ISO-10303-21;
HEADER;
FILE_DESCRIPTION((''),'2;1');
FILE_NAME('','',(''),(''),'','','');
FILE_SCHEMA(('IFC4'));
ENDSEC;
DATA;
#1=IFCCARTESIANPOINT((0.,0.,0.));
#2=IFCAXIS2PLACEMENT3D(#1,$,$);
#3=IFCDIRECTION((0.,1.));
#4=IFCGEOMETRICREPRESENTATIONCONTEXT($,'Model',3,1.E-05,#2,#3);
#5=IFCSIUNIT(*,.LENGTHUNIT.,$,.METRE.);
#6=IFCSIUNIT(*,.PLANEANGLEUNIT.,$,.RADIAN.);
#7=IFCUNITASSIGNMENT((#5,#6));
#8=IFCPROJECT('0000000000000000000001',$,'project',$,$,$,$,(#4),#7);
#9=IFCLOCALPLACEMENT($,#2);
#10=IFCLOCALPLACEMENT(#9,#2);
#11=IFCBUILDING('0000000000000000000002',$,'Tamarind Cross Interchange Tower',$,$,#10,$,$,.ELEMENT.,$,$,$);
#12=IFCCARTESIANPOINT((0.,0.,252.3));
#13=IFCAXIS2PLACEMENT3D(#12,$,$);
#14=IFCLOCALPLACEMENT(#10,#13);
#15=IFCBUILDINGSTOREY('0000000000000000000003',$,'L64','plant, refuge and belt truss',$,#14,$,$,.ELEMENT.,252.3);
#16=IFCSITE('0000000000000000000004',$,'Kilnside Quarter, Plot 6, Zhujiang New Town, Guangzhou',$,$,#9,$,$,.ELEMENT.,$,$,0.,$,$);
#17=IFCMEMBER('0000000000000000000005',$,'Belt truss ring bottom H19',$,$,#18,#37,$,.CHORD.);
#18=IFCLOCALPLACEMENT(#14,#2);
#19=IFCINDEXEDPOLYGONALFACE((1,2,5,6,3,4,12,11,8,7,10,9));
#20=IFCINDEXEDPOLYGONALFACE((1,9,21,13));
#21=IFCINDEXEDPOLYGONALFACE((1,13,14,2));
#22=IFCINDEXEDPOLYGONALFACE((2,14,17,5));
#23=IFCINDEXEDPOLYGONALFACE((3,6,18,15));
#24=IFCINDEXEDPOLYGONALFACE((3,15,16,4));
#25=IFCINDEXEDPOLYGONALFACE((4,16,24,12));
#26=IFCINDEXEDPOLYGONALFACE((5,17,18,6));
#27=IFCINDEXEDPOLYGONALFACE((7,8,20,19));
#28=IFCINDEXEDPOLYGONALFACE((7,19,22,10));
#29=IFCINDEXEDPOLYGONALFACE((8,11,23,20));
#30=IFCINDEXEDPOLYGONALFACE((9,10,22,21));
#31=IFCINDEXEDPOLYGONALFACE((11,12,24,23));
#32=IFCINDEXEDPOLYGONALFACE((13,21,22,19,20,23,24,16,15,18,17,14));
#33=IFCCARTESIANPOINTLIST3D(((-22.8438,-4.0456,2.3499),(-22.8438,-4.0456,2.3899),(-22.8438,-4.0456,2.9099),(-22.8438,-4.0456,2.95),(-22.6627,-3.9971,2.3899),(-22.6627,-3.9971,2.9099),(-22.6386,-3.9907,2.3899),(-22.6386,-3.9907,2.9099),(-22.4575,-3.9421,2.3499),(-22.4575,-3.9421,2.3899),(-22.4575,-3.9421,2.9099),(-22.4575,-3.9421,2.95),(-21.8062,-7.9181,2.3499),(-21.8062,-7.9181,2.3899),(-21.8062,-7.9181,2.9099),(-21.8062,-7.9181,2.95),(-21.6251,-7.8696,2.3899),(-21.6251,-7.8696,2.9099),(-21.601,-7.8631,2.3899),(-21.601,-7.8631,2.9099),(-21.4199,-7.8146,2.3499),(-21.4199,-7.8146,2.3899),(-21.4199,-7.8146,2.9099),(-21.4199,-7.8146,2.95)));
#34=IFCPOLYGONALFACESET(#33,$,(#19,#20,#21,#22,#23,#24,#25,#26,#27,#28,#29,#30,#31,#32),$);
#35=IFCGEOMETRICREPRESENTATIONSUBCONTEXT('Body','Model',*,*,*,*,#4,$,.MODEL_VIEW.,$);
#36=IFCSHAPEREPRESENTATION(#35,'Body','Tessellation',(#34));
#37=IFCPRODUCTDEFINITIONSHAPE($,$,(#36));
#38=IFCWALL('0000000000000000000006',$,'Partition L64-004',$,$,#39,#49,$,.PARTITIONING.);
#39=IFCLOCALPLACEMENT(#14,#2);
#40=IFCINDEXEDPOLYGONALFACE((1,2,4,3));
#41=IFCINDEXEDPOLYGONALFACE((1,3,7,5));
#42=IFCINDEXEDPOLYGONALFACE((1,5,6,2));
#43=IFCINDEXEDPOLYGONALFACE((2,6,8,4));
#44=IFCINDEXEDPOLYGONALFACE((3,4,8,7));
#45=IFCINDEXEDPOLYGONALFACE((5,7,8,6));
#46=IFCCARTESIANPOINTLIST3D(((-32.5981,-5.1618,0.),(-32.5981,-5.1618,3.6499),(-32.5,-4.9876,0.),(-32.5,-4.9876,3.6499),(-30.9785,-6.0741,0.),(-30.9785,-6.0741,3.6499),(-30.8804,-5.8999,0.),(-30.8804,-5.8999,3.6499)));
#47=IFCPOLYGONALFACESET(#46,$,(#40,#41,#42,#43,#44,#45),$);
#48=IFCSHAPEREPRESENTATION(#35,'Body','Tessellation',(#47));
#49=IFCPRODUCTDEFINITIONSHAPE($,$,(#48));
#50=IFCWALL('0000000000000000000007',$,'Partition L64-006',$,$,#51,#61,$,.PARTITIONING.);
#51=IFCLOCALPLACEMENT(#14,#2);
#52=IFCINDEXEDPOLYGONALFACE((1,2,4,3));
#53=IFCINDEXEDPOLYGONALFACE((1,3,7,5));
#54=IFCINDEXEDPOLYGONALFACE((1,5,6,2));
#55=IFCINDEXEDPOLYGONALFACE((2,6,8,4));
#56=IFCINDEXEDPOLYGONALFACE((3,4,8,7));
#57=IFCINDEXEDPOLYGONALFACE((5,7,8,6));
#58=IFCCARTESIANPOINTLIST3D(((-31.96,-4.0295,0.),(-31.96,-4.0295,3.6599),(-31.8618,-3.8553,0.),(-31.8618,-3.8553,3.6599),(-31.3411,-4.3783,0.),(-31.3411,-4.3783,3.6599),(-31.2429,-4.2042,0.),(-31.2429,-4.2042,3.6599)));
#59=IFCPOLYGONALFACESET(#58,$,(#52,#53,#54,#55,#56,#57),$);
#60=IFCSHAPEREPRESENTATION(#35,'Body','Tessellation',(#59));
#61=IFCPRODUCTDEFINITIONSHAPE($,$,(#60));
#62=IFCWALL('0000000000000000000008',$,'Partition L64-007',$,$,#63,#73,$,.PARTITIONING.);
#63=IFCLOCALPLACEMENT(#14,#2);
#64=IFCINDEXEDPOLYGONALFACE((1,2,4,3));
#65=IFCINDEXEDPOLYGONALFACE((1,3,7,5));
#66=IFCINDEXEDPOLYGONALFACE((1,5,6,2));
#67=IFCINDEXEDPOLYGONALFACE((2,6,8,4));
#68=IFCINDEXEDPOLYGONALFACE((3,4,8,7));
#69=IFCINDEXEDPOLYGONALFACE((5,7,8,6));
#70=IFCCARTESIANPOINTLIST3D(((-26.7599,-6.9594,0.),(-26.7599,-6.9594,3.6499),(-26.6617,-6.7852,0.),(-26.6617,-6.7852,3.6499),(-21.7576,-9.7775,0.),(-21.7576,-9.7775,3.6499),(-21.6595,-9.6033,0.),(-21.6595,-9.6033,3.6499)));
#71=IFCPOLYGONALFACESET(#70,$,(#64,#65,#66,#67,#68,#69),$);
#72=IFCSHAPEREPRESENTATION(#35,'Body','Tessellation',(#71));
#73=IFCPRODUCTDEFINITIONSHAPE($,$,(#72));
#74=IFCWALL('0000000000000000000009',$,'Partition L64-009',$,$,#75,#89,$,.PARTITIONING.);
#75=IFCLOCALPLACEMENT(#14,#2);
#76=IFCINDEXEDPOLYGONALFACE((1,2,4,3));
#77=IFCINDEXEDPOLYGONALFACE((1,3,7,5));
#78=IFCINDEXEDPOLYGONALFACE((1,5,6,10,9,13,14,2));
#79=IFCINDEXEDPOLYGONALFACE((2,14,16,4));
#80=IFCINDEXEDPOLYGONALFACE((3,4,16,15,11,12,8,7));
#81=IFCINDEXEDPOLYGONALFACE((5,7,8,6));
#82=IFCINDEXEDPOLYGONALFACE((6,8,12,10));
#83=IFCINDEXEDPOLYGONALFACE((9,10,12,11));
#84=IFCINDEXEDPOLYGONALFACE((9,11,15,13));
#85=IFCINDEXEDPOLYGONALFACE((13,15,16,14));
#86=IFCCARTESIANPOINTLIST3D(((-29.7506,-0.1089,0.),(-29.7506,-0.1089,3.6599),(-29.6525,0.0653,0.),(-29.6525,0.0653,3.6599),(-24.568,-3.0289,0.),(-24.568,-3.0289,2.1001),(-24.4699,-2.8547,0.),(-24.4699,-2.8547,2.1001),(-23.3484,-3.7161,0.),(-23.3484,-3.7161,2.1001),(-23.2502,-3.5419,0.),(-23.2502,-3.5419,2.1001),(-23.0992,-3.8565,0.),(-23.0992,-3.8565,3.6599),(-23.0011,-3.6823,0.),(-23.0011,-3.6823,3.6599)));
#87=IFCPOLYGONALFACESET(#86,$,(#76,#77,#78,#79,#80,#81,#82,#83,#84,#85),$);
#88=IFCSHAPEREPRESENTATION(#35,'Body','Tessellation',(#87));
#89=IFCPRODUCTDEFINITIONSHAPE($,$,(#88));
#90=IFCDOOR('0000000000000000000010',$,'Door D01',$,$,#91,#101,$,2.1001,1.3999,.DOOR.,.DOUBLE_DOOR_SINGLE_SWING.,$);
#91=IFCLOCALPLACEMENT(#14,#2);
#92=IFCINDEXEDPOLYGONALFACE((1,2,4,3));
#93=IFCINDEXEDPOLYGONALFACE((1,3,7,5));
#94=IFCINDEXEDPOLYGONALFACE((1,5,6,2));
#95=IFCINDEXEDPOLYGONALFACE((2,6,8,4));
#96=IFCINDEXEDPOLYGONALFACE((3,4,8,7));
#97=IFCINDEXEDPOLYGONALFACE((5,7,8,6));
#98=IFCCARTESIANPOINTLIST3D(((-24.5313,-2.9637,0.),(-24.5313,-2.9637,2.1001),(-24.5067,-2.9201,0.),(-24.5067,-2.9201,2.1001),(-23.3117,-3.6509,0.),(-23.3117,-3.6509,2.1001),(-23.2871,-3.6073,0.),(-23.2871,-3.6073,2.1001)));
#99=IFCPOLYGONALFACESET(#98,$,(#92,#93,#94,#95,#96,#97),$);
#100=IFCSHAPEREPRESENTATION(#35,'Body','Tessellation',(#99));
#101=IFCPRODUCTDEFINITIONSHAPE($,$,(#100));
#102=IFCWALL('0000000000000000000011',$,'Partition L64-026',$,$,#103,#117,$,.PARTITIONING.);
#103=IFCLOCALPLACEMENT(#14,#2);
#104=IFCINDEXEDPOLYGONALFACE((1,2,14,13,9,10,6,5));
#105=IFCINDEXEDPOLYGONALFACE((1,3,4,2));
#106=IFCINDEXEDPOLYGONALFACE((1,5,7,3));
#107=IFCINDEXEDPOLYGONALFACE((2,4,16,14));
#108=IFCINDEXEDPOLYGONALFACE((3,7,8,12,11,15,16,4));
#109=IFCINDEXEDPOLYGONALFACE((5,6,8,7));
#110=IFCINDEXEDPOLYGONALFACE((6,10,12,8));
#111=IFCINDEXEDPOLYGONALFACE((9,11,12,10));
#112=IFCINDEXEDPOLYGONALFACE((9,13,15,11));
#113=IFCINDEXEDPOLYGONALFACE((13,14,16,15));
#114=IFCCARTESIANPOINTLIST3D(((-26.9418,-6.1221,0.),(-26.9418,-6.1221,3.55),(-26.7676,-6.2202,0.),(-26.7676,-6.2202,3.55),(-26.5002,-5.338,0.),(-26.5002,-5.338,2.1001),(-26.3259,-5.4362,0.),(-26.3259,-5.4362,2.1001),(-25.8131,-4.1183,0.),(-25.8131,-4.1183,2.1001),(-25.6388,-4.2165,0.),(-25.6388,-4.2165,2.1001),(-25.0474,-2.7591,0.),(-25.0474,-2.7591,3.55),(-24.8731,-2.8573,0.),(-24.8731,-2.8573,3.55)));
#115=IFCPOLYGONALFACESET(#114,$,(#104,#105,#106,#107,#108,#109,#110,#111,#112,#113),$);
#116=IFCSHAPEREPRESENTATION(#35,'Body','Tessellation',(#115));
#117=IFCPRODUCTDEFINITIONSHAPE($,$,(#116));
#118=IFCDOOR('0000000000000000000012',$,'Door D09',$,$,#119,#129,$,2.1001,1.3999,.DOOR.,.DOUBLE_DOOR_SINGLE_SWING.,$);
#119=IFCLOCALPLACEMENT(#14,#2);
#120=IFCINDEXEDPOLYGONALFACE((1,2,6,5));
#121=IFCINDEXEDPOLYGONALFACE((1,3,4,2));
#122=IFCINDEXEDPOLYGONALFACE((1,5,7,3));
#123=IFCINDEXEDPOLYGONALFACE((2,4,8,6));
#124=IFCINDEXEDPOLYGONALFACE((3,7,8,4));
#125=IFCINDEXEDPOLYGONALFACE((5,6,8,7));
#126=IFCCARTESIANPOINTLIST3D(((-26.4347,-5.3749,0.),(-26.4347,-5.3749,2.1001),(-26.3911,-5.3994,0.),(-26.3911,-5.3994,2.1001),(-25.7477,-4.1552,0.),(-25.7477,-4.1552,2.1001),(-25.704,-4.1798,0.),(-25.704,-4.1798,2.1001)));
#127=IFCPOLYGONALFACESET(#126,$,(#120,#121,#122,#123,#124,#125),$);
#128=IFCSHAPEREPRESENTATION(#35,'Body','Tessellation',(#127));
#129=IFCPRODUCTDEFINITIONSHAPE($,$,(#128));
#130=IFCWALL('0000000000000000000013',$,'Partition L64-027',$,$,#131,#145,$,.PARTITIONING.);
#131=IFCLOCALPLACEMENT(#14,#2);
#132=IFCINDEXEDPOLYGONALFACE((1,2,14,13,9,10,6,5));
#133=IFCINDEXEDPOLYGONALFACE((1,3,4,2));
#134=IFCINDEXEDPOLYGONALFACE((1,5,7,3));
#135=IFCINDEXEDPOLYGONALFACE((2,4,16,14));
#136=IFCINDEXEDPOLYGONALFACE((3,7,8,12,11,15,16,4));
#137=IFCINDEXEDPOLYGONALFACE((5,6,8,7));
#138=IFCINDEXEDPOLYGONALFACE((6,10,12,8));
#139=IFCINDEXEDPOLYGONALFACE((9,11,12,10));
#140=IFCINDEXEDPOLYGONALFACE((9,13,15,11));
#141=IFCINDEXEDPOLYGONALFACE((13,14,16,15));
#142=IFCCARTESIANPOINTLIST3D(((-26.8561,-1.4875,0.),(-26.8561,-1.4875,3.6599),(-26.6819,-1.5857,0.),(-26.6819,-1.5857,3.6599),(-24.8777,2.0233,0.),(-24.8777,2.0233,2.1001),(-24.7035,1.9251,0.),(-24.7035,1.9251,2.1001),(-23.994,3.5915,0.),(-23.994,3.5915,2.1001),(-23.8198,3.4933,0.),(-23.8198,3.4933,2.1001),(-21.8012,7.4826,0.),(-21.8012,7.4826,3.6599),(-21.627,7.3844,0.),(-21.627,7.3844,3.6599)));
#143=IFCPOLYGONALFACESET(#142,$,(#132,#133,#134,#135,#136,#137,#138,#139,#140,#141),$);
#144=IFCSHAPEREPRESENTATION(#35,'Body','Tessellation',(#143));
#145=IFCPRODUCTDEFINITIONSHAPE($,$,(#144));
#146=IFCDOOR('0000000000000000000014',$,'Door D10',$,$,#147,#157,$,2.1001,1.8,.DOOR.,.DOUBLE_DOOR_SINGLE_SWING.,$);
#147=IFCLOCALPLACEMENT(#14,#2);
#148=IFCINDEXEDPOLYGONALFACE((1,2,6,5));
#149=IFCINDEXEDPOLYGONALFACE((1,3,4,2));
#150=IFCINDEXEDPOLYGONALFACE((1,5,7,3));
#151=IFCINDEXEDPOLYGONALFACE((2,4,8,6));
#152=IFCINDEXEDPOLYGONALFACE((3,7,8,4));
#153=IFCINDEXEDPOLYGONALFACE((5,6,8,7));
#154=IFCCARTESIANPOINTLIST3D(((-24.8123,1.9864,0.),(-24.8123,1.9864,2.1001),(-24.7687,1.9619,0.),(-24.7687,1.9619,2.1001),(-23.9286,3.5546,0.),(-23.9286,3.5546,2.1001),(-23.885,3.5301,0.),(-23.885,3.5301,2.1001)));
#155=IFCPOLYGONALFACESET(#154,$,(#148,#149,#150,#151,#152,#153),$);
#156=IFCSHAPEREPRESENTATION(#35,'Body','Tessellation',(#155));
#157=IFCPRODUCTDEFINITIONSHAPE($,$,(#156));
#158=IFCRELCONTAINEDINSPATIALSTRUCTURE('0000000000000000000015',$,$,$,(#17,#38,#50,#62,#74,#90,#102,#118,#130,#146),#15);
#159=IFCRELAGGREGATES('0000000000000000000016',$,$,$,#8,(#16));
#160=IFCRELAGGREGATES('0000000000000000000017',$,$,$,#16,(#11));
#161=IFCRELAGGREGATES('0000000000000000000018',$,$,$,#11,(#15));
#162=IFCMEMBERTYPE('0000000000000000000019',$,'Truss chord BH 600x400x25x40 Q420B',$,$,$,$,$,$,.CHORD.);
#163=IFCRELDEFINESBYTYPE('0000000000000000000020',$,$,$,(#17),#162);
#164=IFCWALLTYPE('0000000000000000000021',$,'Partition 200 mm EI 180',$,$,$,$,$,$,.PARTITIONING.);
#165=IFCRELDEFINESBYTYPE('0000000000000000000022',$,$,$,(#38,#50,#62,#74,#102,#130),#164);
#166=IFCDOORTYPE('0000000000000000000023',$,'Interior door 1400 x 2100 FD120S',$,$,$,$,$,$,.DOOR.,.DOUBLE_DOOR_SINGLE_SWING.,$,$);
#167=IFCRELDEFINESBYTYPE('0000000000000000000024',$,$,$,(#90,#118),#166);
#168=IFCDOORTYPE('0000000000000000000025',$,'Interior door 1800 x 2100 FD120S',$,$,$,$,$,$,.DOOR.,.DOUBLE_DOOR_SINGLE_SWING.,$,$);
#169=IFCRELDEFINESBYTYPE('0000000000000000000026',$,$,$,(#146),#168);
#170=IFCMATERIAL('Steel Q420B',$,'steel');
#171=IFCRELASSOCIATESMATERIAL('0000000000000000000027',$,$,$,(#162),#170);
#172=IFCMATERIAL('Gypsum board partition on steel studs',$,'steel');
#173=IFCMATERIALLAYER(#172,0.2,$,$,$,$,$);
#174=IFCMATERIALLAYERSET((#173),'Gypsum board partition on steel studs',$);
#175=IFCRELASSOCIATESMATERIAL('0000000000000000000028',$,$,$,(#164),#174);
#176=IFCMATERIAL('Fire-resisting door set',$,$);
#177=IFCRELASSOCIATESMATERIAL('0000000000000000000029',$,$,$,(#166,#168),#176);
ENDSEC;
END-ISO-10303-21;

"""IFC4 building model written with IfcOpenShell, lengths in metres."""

from ifc_helpers import new_model, si_unit, direction, frame, frame_2d, origin, origin_2d, place, context, subcontext, project, spatial, rectangle, i_section, extrude, material, layer, layer_set, material_profile, profile_set, type_object, element, fill, save


model = new_model("IFC4")

# Units and contexts
model_context = context("Model", 3, precision=1e-05, world=origin(), true_north=direction((0.0, 1.0)))
body_context = subcontext(model_context, "Body", "Model", "MODEL_VIEW")
ifc_project = project(units=[si_unit("LENGTHUNIT", "METRE"), si_unit("PLANEANGLEUNIT", "RADIAN")], contexts=[model_context])

# Site, building, storey
site_placement = place(None, origin())
site = spatial("IfcSite", under=ifc_project, at=site_placement, Name="Kilnside Quarter, Plot 6, Zhujiang New Town, Guangzhou", CompositionType="ELEMENT", RefElevation=0.0)
building_placement = place(site_placement, origin())
building = spatial("IfcBuilding", under=site, at=building_placement, Name="Tamarind Cross Interchange Tower", CompositionType="ELEMENT")
storey_placement = place(building_placement, frame((0.0, 0.0, 252.3)))
storey = spatial("IfcBuildingStorey", under=building, at=storey_placement, Name="L64", Description="plant, refuge and belt truss", CompositionType="ELEMENT", Elevation=252.3)

# Member
ifc_material_1 = material(Name="Steel Q420B", Category="steel")
ifc_material_profile_1 = material_profile(ifc_material_1, i_section(OverallWidth=0.3999, OverallDepth=0.6001, WebThickness=0.0249, FlangeThickness=0.04, at=origin_2d()), Name="BH 600x400x25x40")
ifc_profile_set_1 = profile_set([ifc_material_profile_1], Name="Steel Q420B")
member_type = type_object("IfcMemberType", Name="Truss chord BH 600x400x25x40 Q420B", PredefinedType="CHORD", material=ifc_profile_set_1)
for number, where, z_axis, x_axis, name in (
    (1, (-22.6506, -3.9939, 2.6499), (0.258807, -0.965929, 0.0), (0.965929, 0.258807, 0.0), "Belt truss ring bottom H19"),
):
    element("IfcMember", number, at=place(storey_placement, frame(where, z_axis=z_axis, x_axis=x_axis)), inside=storey, type_object=member_type, Name=name, PredefinedType="CHORD", context=body_context, shape_type="SweptSolid", body=[
        extrude(i_section(OverallWidth=0.3999, OverallDepth=0.6001, WebThickness=0.0249, FlangeThickness=0.04, at=origin_2d()), origin(), (0.0, 0.0, 1.0), 4.009),
    ])

# Walls
ifc_material_2 = material(Name="Gypsum board partition on steel studs", Category="steel")
ifc_layer_1 = layer(ifc_material_2, 0.2)
ifc_layer_set_1 = layer_set([ifc_layer_1], Name="Gypsum board partition on steel studs")
wall_type_1 = type_object("IfcWallType", Name="Partition 200 mm EI 180", PredefinedType="PARTITIONING", material=ifc_layer_set_1)
wall_1_placement = place(storey_placement, frame((-32.5491, -5.0747, 0.0), z_axis=(0.0, 0.0, 1.0), x_axis=(0.871274, -0.490797, 0.0)))
element("IfcWall", 2, at=wall_1_placement, inside=storey, type_object=wall_type_1, Name="Partition L64-004", PredefinedType="PARTITIONING", context=body_context, shape_type="SweptSolid", body=[
    extrude(rectangle(XDim=1.8589, YDim=0.2, at=frame_2d((0.9294, 0.0))), origin(), (0.0, 0.0, 1.0), 3.6499),
])
wall_2_placement = place(storey_placement, frame((-31.9109, -3.9424, 0.0), z_axis=(0.0, 0.0, 1.0), x_axis=(0.871125, -0.49106, 0.0)))
element("IfcWall", 3, at=wall_2_placement, inside=storey, type_object=wall_type_1, Name="Partition L64-006", PredefinedType="PARTITIONING", context=body_context, shape_type="SweptSolid", body=[
    extrude(rectangle(XDim=0.7104, YDim=0.2, at=frame_2d((0.3552, 0.0))), origin(), (0.0, 0.0, 1.0), 3.6599),
])
wall_3_placement = place(storey_placement, frame((-26.7107, -6.8723, 0.0), z_axis=(0.0, 0.0, 1.0), x_axis=(0.871249, -0.490841, 0.0)))
element("IfcWall", 4, at=wall_3_placement, inside=storey, type_object=wall_type_1, Name="Partition L64-007", PredefinedType="PARTITIONING", context=body_context, shape_type="SweptSolid", body=[
    extrude(rectangle(XDim=5.7415, YDim=0.2, at=frame_2d((2.8706, 0.0))), origin(), (0.0, 0.0, 1.0), 3.6499),
])

# Walls, openings, doors
wall_4_placement = place(storey_placement, frame((-29.7017, -0.0217, 0.0), z_axis=(0.0, 0.0, 1.0), x_axis=(0.87123, -0.490875, 0.0)))
wall_4 = element("IfcWall", 5, at=wall_4_placement, inside=storey, type_object=wall_type_1, Name="Partition L64-009", PredefinedType="PARTITIONING", context=body_context, shape_type="SweptSolid", body=[
    extrude(rectangle(XDim=7.6345, YDim=0.2, at=frame_2d((3.8174, 0.0))), origin(), (0.0, 0.0, 1.0), 3.6599),
])
opening_1_placement = place(wall_4_placement, frame((5.9487, 0.0, 0.0)))
opening_1 = element("IfcOpeningElement", 6, at=opening_1_placement, cuts=wall_4, PredefinedType="OPENING", context=body_context, shape_type="SweptSolid", body=[
    extrude(rectangle(XDim=1.3999, YDim=2.1001, at=frame_2d((0.7, 1.05))), frame((0.0, 0.1099, 0.0), z_axis=(0.0, -1.0, 0.0), x_axis=(1.0, 0.0, 0.0)), (0.0, 0.0, 1.0), 0.22),
])
ifc_material_3 = material(Name="Fire-resisting door set")
door_type_1 = type_object("IfcDoorType", Name="Interior door 1400 x 2100 FD120S", OperationType="DOUBLE_DOOR_SINGLE_SWING", PredefinedType="DOOR", material=ifc_material_3)
door_1_placement = place(opening_1_placement, origin())
door_1 = element("IfcDoor", 7, at=door_1_placement, inside=storey, type_object=door_type_1, Name="Door D01", OperationType="DOUBLE_DOOR_SINGLE_SWING", OverallHeight=2.1001, OverallWidth=1.3999, PredefinedType="DOOR", context=body_context, shape_type="SweptSolid", body=[
    extrude(rectangle(XDim=1.3999, YDim=2.1001, at=frame_2d((0.7, 1.05))), frame((0.0, 0.0249, 0.0), z_axis=(0.0, -1.0, 0.0), x_axis=(1.0, 0.0, 0.0)), (0.0, 0.0, 1.0), 0.05),
])
fill(opening_1, door_1)
wall_5_placement = place(storey_placement, frame((-26.8547, -6.1711, 0.0), z_axis=(0.0, 0.0, 1.0), x_axis=(0.490817, 0.871263, 0.0)))
wall_5 = element("IfcWall", 8, at=wall_5_placement, inside=storey, type_object=wall_type_1, Name="Partition L64-026", PredefinedType="PARTITIONING", context=body_context, shape_type="SweptSolid", body=[
    extrude(rectangle(XDim=3.8599, YDim=0.2, at=frame_2d((1.9299, 0.0))), origin(), (0.0, 0.0, 1.0), 3.55),
])
opening_2_placement = place(wall_5_placement, frame((0.8999, 0.0, 0.0)))
opening_2 = element("IfcOpeningElement", 9, at=opening_2_placement, cuts=wall_5, PredefinedType="OPENING", context=body_context, shape_type="SweptSolid", body=[
    extrude(rectangle(XDim=1.3999, YDim=2.1001, at=frame_2d((0.7, 1.05))), frame((0.0, 0.1099, 0.0), z_axis=(0.0, -1.0, 0.0), x_axis=(1.0, 0.0, 0.0)), (0.0, 0.0, 1.0), 0.22),
])
door_2_placement = place(opening_2_placement, origin())
door_2 = element("IfcDoor", 10, at=door_2_placement, inside=storey, type_object=door_type_1, Name="Door D09", OperationType="DOUBLE_DOOR_SINGLE_SWING", OverallHeight=2.1001, OverallWidth=1.3999, PredefinedType="DOOR", context=body_context, shape_type="SweptSolid", body=[
    extrude(rectangle(XDim=1.3999, YDim=2.1001, at=frame_2d((0.7, 1.05))), frame((0.0, 0.0249, 0.0), z_axis=(0.0, -1.0, 0.0), x_axis=(1.0, 0.0, 0.0)), (0.0, 0.0, 1.0), 0.05),
])
fill(opening_2, door_2)
wall_6_placement = place(storey_placement, frame((-26.769, -1.5366, 0.0), z_axis=(0.0, 0.0, 1.0), x_axis=(0.490939, 0.871194, 0.0)))
wall_6 = element("IfcWall", 11, at=wall_6_placement, inside=storey, type_object=wall_type_1, Name="Partition L64-027", PredefinedType="PARTITIONING", context=body_context, shape_type="SweptSolid", body=[
    extrude(rectangle(XDim=10.2964, YDim=0.2, at=frame_2d((5.1482, 0.0))), origin(), (0.0, 0.0, 1.0), 3.6599),
])
opening_3_placement = place(wall_6_placement, frame((4.03, 0.0, 0.0)))
opening_3 = element("IfcOpeningElement", 12, at=opening_3_placement, cuts=wall_6, PredefinedType="OPENING", context=body_context, shape_type="SweptSolid", body=[
    extrude(rectangle(XDim=1.8, YDim=2.1001, at=frame_2d((0.8999, 1.05))), frame((0.0, 0.1099, 0.0), z_axis=(0.0, -1.0, 0.0), x_axis=(1.0, 0.0, 0.0)), (0.0, 0.0, 1.0), 0.22),
])
door_type_2 = type_object("IfcDoorType", Name="Interior door 1800 x 2100 FD120S", OperationType="DOUBLE_DOOR_SINGLE_SWING", PredefinedType="DOOR", material=ifc_material_3)
door_3_placement = place(opening_3_placement, origin())
door_3 = element("IfcDoor", 13, at=door_3_placement, inside=storey, type_object=door_type_2, Name="Door D10", OperationType="DOUBLE_DOOR_SINGLE_SWING", OverallHeight=2.1001, OverallWidth=1.8, PredefinedType="DOOR", context=body_context, shape_type="SweptSolid", body=[
    extrude(rectangle(XDim=1.8, YDim=2.1001, at=frame_2d((0.8999, 1.05))), frame((0.0, 0.0249, 0.0), z_axis=(0.0, -1.0, 0.0), x_axis=(1.0, 0.0, 0.0)), (0.0, 0.0, 1.0), 0.05),
])
fill(opening_3, door_3)

save(model, "model.ifc")
